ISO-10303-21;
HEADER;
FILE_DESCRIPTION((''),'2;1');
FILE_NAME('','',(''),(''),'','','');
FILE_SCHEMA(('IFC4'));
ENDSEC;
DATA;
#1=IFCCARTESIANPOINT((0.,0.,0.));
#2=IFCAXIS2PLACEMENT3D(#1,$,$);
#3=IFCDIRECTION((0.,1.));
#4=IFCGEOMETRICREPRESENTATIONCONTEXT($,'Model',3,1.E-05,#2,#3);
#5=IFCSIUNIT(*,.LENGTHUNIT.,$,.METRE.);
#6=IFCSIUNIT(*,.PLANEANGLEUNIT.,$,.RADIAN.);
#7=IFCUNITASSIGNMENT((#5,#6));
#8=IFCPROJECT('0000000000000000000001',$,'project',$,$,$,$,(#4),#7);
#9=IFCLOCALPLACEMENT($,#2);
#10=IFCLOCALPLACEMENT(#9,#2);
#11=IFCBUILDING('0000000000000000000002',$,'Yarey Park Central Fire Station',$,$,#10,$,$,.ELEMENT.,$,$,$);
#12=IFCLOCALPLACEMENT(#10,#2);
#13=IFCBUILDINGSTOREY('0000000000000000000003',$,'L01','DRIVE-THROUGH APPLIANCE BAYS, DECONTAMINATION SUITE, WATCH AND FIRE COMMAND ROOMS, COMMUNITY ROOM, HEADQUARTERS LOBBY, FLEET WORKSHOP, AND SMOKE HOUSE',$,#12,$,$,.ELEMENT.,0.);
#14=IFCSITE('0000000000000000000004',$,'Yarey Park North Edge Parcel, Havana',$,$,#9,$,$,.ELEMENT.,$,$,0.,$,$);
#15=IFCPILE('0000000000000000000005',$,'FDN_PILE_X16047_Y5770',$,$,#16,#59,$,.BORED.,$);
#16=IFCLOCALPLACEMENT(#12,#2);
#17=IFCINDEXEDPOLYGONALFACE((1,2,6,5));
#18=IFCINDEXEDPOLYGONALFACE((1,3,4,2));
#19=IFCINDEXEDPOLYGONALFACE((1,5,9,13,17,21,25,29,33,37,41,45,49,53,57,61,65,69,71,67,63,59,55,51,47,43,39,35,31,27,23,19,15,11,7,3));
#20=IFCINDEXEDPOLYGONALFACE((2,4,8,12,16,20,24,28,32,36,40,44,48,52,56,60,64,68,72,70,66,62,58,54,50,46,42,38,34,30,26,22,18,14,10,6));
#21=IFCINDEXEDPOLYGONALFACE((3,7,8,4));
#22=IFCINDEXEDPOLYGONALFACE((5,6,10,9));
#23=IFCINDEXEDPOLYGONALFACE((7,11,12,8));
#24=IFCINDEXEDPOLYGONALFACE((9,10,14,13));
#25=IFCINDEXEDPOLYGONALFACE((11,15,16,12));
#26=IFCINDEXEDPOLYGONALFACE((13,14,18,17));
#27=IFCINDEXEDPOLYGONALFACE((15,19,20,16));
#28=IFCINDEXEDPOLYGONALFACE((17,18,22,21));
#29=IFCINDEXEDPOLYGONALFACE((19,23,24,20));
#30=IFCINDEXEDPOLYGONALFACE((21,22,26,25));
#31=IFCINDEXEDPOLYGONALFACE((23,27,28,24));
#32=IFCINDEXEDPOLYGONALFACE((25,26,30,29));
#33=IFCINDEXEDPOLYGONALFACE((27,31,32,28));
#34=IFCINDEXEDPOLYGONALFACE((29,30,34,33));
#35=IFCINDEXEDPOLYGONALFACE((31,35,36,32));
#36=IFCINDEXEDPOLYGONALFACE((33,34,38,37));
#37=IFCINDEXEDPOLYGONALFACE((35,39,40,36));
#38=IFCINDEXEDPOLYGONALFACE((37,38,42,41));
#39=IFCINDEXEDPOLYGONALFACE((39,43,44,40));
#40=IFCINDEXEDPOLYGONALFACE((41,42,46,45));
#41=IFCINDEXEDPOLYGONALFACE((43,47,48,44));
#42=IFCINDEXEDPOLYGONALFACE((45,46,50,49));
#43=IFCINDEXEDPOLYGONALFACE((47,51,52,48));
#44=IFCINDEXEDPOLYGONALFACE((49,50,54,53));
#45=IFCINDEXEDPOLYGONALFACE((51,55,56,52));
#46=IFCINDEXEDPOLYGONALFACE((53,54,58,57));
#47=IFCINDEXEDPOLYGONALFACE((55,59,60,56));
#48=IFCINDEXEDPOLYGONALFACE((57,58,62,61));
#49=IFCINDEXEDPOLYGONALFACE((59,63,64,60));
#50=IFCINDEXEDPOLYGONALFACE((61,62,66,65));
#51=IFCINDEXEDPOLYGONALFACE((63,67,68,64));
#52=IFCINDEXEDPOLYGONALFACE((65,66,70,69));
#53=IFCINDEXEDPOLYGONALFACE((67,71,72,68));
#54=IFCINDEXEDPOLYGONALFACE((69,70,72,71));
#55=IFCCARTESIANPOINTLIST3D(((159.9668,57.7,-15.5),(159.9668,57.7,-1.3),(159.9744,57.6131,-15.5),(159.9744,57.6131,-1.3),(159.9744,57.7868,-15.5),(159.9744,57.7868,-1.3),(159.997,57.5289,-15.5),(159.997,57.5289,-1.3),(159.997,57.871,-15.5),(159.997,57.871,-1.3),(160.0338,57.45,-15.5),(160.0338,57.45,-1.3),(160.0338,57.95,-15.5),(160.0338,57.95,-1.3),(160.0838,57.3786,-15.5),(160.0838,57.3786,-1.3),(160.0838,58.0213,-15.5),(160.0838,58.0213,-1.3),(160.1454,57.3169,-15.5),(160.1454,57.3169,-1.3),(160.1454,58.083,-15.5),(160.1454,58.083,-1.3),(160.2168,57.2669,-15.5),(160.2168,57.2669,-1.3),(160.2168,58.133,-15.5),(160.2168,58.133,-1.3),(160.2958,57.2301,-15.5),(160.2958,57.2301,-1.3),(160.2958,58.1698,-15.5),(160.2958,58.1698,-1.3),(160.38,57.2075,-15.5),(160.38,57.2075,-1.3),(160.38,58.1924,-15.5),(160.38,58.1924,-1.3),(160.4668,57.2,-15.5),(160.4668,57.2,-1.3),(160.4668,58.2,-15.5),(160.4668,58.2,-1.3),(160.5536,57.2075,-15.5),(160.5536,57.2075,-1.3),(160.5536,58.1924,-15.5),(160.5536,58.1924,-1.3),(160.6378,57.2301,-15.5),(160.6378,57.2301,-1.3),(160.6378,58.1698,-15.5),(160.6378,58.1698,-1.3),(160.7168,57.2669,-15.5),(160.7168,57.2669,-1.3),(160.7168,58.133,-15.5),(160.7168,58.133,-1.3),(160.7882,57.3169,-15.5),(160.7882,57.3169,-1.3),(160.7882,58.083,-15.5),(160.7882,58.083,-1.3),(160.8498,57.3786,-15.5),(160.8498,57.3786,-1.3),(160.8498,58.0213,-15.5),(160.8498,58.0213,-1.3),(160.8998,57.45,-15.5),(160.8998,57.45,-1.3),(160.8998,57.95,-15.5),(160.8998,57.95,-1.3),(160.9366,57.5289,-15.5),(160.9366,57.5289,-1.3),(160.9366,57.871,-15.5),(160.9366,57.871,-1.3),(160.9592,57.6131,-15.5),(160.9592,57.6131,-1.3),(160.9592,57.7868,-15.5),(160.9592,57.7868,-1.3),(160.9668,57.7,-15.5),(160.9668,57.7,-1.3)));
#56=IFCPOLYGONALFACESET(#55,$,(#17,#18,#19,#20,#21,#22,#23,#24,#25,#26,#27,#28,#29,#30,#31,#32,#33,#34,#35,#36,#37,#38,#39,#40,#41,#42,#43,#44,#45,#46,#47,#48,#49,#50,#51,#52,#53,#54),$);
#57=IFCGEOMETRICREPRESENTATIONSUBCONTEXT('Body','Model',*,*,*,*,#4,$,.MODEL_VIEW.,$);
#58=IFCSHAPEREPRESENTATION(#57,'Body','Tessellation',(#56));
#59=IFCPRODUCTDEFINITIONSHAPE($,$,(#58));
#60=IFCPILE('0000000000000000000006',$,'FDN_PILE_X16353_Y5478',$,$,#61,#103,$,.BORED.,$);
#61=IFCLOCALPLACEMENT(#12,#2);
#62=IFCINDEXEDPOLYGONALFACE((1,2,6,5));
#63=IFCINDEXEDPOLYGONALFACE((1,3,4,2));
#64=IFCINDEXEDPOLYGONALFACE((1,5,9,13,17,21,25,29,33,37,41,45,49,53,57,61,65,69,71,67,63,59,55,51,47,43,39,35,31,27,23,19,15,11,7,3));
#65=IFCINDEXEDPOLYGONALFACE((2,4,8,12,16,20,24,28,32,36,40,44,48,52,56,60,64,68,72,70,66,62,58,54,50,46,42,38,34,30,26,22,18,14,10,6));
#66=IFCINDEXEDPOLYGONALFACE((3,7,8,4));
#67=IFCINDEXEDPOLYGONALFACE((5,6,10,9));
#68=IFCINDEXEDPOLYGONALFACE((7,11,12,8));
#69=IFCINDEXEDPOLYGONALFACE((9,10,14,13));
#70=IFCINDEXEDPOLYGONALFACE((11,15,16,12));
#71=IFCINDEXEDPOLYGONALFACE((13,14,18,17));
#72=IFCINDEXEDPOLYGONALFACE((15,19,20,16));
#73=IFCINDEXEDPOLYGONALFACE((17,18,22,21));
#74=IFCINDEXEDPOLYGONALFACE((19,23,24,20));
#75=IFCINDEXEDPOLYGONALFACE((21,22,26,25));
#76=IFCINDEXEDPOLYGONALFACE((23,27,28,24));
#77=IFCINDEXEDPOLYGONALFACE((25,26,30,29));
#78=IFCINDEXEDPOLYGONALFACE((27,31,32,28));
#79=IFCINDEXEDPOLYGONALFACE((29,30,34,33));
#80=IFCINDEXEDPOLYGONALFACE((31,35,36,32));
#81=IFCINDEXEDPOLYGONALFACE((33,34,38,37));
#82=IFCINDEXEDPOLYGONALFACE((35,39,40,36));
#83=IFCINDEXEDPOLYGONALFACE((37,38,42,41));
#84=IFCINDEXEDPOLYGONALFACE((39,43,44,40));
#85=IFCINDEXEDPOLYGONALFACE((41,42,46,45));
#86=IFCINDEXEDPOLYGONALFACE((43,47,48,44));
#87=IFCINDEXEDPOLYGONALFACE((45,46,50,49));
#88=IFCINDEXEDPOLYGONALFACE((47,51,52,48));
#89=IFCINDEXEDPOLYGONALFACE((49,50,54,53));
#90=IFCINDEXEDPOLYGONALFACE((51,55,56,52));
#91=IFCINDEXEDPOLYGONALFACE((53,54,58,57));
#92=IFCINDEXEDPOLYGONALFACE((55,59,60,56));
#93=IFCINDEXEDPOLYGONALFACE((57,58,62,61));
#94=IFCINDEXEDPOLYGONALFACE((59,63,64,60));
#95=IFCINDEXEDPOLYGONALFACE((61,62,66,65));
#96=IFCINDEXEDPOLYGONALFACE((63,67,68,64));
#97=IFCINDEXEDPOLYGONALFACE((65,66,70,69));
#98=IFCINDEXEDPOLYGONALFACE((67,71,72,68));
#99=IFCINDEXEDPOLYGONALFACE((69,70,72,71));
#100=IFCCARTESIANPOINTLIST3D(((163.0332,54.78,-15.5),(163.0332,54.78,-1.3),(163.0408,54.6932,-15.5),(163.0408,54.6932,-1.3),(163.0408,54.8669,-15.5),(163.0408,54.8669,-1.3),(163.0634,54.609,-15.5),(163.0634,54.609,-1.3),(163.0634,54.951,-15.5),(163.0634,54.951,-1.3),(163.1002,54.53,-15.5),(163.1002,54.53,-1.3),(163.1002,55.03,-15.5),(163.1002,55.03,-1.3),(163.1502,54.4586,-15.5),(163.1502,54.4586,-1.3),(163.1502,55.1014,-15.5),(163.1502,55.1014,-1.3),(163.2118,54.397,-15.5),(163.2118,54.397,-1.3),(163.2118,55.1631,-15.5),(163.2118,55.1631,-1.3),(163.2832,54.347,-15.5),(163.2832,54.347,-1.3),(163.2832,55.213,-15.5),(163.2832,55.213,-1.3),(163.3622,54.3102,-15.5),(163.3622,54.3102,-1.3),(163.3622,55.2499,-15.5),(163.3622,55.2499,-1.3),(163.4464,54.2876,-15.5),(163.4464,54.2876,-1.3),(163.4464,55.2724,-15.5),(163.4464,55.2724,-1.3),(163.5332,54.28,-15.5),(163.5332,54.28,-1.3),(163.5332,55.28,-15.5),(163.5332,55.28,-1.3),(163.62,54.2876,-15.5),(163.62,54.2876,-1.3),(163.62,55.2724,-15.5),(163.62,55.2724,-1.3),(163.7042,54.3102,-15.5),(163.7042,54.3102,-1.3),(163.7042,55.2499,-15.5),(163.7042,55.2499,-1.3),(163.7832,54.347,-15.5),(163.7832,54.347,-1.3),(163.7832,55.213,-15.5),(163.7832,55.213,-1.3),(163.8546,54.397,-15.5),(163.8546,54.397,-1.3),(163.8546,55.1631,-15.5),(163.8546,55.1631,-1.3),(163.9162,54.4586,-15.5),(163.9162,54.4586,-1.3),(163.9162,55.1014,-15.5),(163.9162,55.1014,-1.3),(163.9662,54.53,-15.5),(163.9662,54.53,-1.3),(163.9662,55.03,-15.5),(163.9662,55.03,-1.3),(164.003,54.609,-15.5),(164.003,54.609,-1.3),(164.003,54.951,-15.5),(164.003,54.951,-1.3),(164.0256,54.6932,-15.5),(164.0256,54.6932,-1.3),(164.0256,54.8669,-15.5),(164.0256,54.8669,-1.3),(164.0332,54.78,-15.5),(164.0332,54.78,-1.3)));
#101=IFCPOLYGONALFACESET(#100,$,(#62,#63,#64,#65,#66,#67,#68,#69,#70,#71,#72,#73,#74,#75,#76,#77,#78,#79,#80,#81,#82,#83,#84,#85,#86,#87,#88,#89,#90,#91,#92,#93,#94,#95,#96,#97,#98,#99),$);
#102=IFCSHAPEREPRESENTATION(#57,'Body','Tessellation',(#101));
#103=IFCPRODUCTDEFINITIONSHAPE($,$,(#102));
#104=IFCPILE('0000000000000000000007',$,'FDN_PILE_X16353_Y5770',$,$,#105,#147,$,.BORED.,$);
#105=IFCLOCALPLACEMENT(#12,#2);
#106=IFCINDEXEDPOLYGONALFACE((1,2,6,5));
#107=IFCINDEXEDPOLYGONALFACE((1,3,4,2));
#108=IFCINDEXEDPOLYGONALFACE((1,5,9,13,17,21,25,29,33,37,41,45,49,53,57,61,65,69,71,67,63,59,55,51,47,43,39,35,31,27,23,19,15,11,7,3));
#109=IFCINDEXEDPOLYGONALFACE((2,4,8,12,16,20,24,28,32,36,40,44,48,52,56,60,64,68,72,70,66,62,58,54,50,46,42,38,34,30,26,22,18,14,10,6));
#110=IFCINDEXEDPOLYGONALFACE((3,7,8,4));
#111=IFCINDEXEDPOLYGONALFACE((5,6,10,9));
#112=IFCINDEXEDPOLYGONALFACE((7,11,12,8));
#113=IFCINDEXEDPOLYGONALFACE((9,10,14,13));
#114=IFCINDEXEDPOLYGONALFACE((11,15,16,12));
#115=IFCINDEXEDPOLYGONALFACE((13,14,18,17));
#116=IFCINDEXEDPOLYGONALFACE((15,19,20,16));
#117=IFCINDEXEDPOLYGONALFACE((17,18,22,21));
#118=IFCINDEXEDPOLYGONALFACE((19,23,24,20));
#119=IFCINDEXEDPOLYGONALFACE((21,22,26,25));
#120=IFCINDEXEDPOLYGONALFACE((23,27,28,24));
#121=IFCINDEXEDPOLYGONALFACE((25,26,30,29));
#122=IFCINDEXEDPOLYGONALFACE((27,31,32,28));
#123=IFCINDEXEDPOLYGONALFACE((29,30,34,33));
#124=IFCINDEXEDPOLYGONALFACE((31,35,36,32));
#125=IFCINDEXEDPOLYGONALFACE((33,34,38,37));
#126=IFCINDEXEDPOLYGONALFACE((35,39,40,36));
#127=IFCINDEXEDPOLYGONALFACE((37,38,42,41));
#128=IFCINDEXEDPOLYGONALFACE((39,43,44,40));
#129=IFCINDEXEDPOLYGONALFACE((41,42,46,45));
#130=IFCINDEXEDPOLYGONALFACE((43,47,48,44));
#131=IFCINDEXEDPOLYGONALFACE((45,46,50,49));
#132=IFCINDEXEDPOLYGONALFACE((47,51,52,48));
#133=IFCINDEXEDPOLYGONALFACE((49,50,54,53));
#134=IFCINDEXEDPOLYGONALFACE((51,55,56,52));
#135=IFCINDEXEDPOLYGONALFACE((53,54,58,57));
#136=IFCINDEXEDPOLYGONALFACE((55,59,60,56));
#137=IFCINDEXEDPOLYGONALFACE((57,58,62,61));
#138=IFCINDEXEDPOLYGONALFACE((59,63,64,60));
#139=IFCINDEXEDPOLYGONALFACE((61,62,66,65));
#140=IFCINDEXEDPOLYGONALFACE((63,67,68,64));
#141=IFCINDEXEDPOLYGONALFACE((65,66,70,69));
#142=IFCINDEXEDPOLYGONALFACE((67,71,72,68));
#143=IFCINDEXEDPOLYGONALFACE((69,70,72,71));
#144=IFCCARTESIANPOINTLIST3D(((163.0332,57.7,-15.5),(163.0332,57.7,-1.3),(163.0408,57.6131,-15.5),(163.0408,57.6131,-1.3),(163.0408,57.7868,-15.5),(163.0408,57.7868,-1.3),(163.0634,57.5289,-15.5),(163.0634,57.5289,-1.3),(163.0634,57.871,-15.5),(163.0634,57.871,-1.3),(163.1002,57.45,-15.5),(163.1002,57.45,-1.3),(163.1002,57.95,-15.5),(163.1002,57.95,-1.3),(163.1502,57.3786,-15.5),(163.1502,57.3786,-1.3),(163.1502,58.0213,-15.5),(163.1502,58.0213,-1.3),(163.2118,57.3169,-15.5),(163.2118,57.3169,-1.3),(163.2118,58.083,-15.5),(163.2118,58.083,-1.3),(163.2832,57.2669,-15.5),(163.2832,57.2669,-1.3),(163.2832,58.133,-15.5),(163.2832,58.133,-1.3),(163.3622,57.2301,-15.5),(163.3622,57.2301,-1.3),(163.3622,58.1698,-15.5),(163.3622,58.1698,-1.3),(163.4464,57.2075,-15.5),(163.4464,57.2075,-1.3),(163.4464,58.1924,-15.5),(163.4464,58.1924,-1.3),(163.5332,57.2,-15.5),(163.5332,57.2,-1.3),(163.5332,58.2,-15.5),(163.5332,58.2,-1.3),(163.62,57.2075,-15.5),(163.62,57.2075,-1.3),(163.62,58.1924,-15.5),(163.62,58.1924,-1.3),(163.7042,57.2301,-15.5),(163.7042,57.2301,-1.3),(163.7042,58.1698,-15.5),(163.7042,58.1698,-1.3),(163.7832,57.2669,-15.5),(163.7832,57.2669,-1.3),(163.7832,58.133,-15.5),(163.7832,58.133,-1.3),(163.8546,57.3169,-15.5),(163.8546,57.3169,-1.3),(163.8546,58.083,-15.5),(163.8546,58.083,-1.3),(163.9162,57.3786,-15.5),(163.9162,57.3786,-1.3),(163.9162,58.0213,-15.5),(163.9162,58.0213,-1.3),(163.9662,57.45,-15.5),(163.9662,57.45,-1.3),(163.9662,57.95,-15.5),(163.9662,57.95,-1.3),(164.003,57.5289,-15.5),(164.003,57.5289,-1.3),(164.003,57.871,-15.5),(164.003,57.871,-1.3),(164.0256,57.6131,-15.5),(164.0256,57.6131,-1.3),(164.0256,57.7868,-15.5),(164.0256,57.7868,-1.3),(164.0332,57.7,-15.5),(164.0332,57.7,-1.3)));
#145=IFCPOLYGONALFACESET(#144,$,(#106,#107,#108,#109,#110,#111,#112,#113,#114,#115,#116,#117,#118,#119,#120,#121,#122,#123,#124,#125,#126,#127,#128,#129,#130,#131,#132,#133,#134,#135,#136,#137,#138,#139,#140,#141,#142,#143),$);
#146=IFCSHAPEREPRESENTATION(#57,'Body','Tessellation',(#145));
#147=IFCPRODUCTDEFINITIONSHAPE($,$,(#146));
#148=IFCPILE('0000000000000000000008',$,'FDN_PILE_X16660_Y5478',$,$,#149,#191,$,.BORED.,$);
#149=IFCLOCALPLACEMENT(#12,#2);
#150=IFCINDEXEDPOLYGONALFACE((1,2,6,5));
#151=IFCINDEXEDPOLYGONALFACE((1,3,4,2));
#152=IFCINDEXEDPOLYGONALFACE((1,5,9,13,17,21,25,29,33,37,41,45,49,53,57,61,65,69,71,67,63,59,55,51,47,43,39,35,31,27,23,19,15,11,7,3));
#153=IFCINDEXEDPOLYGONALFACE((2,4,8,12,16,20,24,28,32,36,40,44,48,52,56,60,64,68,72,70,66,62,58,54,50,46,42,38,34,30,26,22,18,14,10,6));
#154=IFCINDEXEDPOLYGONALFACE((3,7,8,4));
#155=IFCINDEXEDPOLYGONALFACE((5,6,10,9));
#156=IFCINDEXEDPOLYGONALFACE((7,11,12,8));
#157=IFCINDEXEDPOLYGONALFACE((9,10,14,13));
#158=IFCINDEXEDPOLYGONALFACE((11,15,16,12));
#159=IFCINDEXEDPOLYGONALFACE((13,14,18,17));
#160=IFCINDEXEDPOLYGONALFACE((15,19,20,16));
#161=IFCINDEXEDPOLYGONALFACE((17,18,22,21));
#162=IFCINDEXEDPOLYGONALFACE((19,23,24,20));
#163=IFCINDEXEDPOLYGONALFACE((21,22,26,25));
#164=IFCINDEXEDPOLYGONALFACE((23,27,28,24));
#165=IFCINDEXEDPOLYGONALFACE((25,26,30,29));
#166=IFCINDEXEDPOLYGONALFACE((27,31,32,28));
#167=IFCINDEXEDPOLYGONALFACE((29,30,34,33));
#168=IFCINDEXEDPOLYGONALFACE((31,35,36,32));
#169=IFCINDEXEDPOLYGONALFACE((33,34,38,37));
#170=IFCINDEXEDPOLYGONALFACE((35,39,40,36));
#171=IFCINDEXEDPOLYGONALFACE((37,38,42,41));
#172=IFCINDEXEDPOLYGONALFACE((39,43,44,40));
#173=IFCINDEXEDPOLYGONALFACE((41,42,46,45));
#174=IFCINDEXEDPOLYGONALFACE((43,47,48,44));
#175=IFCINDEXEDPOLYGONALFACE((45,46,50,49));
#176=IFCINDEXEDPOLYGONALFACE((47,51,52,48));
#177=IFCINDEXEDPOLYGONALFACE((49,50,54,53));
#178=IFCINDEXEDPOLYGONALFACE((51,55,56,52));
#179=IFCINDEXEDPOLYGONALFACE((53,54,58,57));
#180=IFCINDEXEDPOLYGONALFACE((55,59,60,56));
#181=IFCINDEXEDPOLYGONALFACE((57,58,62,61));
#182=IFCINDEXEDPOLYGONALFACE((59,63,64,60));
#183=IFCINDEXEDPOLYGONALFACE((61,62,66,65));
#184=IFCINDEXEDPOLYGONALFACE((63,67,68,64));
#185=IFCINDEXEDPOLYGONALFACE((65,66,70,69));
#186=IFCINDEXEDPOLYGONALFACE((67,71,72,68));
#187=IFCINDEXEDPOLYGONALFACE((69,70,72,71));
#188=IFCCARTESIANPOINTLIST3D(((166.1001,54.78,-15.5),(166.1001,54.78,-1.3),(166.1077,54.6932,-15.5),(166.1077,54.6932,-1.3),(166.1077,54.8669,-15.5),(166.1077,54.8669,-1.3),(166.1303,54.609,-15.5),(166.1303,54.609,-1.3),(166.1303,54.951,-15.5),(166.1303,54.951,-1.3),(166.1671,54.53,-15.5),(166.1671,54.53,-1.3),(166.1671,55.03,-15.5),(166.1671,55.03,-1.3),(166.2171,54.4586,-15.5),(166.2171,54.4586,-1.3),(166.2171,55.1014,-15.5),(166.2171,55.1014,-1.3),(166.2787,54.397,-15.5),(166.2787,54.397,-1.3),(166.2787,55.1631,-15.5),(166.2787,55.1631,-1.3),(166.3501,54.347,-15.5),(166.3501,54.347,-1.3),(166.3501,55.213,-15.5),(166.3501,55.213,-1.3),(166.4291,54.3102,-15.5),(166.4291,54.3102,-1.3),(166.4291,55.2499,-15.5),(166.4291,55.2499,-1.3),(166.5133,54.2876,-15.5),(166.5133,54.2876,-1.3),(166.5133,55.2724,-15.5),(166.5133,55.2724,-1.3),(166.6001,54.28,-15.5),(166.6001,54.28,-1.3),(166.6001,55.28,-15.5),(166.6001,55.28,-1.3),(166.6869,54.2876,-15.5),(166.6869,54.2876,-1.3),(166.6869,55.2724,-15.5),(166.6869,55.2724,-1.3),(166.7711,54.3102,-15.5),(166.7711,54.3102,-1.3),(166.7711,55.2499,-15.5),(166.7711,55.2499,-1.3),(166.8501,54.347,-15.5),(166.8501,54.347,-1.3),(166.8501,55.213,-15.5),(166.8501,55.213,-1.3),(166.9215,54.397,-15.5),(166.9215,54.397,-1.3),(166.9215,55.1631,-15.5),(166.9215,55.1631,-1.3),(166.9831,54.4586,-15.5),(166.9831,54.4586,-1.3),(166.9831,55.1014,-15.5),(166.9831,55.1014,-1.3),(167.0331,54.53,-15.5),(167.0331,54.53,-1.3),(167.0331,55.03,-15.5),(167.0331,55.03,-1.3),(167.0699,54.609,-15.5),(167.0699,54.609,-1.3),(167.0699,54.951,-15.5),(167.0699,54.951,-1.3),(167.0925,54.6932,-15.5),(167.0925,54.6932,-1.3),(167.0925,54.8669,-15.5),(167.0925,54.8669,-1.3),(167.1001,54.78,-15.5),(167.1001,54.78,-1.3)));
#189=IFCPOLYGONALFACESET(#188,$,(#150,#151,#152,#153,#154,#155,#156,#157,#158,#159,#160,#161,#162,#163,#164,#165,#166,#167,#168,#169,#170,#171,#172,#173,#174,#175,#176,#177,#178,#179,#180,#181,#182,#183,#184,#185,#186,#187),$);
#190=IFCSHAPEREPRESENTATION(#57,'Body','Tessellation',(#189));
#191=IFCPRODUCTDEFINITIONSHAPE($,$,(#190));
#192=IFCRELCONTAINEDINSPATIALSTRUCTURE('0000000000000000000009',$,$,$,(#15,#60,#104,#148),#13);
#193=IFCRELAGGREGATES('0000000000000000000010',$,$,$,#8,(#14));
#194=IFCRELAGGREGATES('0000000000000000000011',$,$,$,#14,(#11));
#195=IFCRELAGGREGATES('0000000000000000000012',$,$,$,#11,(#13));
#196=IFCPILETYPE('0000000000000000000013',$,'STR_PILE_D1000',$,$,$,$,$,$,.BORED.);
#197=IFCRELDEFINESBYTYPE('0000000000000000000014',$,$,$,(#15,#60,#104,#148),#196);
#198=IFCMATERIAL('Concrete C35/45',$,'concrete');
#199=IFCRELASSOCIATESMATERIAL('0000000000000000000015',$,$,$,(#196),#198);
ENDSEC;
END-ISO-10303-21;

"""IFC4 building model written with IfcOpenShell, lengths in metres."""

from ifc_helpers import new_model, si_unit, direction, frame, origin, origin_2d, place, context, subcontext, project, spatial, circle, extrude, material, material_profile, profile_set, type_object, element, save


model = new_model("IFC4")

# Units and contexts
model_context = context("Model", 3, precision=1e-05, world=origin(), true_north=direction((0.0, 1.0)))
body_context = subcontext(model_context, "Body", "Model", "MODEL_VIEW")
ifc_project = project(units=[si_unit("LENGTHUNIT", "METRE"), si_unit("PLANEANGLEUNIT", "RADIAN")], contexts=[model_context])

# Site, building, storey
site_placement = place(None, origin())
site = spatial("IfcSite", under=ifc_project, at=site_placement, Name="Yarey Park North Edge Parcel, Havana", CompositionType="ELEMENT", RefElevation=0.0)
building_placement = place(site_placement, origin())
building = spatial("IfcBuilding", under=site, at=building_placement, Name="Yarey Park Central Fire Station", CompositionType="ELEMENT")
storey_placement = place(building_placement, origin())
storey = spatial("IfcBuildingStorey", under=building, at=storey_placement, Name="L01", Description="DRIVE-THROUGH APPLIANCE BAYS, DECONTAMINATION SUITE, WATCH AND FIRE COMMAND ROOMS, COMMUNITY ROOM, HEADQUARTERS LOBBY, FLEET WORKSHOP, AND SMOKE HOUSE", CompositionType="ELEMENT", Elevation=0.0)

# Shared definitions
ifc_material_1 = material(Name="Concrete C35/45", Category="concrete")

# Piles
ifc_material_profile_1 = material_profile(ifc_material_1, circle(Radius=0.5, at=origin_2d()), Name="BORED PILE D1000")
ifc_profile_set_1 = profile_set([ifc_material_profile_1], Name="Concrete C35/45")
pile_type_1 = type_object("IfcPileType", Name="STR_PILE_D1000", PredefinedType="BORED", material=ifc_profile_set_1)
for number, where, z_axis, x_axis, name in (
    (1, (160.4668, 57.7, -1.3), (0.0, 0.0, -1.0), (1.0, 0.0, 0.0), "FDN_PILE_X16047_Y5770"),
    (2, (163.5332, 54.78, -1.3), (0.0, 0.0, -1.0), (1.0, 0.0, 0.0), "FDN_PILE_X16353_Y5478"),
    (3, (163.5332, 57.7, -1.3), (0.0, 0.0, -1.0), (1.0, 0.0, 0.0), "FDN_PILE_X16353_Y5770"),
    (4, (166.6001, 54.78, -1.3), (0.0, 0.0, -1.0), (1.0, 0.0, 0.0), "FDN_PILE_X16660_Y5478"),
):
    element("IfcPile", number, at=place(storey_placement, frame(where, z_axis=z_axis, x_axis=x_axis)), inside=storey, type_object=pile_type_1, Name=name, PredefinedType="BORED", context=body_context, shape_type="SweptSolid", body=[
        extrude(circle(Radius=0.5, at=origin_2d()), origin(), (0.0, 0.0, 1.0), 14.2),
    ])

save(model, "model.ifc")
